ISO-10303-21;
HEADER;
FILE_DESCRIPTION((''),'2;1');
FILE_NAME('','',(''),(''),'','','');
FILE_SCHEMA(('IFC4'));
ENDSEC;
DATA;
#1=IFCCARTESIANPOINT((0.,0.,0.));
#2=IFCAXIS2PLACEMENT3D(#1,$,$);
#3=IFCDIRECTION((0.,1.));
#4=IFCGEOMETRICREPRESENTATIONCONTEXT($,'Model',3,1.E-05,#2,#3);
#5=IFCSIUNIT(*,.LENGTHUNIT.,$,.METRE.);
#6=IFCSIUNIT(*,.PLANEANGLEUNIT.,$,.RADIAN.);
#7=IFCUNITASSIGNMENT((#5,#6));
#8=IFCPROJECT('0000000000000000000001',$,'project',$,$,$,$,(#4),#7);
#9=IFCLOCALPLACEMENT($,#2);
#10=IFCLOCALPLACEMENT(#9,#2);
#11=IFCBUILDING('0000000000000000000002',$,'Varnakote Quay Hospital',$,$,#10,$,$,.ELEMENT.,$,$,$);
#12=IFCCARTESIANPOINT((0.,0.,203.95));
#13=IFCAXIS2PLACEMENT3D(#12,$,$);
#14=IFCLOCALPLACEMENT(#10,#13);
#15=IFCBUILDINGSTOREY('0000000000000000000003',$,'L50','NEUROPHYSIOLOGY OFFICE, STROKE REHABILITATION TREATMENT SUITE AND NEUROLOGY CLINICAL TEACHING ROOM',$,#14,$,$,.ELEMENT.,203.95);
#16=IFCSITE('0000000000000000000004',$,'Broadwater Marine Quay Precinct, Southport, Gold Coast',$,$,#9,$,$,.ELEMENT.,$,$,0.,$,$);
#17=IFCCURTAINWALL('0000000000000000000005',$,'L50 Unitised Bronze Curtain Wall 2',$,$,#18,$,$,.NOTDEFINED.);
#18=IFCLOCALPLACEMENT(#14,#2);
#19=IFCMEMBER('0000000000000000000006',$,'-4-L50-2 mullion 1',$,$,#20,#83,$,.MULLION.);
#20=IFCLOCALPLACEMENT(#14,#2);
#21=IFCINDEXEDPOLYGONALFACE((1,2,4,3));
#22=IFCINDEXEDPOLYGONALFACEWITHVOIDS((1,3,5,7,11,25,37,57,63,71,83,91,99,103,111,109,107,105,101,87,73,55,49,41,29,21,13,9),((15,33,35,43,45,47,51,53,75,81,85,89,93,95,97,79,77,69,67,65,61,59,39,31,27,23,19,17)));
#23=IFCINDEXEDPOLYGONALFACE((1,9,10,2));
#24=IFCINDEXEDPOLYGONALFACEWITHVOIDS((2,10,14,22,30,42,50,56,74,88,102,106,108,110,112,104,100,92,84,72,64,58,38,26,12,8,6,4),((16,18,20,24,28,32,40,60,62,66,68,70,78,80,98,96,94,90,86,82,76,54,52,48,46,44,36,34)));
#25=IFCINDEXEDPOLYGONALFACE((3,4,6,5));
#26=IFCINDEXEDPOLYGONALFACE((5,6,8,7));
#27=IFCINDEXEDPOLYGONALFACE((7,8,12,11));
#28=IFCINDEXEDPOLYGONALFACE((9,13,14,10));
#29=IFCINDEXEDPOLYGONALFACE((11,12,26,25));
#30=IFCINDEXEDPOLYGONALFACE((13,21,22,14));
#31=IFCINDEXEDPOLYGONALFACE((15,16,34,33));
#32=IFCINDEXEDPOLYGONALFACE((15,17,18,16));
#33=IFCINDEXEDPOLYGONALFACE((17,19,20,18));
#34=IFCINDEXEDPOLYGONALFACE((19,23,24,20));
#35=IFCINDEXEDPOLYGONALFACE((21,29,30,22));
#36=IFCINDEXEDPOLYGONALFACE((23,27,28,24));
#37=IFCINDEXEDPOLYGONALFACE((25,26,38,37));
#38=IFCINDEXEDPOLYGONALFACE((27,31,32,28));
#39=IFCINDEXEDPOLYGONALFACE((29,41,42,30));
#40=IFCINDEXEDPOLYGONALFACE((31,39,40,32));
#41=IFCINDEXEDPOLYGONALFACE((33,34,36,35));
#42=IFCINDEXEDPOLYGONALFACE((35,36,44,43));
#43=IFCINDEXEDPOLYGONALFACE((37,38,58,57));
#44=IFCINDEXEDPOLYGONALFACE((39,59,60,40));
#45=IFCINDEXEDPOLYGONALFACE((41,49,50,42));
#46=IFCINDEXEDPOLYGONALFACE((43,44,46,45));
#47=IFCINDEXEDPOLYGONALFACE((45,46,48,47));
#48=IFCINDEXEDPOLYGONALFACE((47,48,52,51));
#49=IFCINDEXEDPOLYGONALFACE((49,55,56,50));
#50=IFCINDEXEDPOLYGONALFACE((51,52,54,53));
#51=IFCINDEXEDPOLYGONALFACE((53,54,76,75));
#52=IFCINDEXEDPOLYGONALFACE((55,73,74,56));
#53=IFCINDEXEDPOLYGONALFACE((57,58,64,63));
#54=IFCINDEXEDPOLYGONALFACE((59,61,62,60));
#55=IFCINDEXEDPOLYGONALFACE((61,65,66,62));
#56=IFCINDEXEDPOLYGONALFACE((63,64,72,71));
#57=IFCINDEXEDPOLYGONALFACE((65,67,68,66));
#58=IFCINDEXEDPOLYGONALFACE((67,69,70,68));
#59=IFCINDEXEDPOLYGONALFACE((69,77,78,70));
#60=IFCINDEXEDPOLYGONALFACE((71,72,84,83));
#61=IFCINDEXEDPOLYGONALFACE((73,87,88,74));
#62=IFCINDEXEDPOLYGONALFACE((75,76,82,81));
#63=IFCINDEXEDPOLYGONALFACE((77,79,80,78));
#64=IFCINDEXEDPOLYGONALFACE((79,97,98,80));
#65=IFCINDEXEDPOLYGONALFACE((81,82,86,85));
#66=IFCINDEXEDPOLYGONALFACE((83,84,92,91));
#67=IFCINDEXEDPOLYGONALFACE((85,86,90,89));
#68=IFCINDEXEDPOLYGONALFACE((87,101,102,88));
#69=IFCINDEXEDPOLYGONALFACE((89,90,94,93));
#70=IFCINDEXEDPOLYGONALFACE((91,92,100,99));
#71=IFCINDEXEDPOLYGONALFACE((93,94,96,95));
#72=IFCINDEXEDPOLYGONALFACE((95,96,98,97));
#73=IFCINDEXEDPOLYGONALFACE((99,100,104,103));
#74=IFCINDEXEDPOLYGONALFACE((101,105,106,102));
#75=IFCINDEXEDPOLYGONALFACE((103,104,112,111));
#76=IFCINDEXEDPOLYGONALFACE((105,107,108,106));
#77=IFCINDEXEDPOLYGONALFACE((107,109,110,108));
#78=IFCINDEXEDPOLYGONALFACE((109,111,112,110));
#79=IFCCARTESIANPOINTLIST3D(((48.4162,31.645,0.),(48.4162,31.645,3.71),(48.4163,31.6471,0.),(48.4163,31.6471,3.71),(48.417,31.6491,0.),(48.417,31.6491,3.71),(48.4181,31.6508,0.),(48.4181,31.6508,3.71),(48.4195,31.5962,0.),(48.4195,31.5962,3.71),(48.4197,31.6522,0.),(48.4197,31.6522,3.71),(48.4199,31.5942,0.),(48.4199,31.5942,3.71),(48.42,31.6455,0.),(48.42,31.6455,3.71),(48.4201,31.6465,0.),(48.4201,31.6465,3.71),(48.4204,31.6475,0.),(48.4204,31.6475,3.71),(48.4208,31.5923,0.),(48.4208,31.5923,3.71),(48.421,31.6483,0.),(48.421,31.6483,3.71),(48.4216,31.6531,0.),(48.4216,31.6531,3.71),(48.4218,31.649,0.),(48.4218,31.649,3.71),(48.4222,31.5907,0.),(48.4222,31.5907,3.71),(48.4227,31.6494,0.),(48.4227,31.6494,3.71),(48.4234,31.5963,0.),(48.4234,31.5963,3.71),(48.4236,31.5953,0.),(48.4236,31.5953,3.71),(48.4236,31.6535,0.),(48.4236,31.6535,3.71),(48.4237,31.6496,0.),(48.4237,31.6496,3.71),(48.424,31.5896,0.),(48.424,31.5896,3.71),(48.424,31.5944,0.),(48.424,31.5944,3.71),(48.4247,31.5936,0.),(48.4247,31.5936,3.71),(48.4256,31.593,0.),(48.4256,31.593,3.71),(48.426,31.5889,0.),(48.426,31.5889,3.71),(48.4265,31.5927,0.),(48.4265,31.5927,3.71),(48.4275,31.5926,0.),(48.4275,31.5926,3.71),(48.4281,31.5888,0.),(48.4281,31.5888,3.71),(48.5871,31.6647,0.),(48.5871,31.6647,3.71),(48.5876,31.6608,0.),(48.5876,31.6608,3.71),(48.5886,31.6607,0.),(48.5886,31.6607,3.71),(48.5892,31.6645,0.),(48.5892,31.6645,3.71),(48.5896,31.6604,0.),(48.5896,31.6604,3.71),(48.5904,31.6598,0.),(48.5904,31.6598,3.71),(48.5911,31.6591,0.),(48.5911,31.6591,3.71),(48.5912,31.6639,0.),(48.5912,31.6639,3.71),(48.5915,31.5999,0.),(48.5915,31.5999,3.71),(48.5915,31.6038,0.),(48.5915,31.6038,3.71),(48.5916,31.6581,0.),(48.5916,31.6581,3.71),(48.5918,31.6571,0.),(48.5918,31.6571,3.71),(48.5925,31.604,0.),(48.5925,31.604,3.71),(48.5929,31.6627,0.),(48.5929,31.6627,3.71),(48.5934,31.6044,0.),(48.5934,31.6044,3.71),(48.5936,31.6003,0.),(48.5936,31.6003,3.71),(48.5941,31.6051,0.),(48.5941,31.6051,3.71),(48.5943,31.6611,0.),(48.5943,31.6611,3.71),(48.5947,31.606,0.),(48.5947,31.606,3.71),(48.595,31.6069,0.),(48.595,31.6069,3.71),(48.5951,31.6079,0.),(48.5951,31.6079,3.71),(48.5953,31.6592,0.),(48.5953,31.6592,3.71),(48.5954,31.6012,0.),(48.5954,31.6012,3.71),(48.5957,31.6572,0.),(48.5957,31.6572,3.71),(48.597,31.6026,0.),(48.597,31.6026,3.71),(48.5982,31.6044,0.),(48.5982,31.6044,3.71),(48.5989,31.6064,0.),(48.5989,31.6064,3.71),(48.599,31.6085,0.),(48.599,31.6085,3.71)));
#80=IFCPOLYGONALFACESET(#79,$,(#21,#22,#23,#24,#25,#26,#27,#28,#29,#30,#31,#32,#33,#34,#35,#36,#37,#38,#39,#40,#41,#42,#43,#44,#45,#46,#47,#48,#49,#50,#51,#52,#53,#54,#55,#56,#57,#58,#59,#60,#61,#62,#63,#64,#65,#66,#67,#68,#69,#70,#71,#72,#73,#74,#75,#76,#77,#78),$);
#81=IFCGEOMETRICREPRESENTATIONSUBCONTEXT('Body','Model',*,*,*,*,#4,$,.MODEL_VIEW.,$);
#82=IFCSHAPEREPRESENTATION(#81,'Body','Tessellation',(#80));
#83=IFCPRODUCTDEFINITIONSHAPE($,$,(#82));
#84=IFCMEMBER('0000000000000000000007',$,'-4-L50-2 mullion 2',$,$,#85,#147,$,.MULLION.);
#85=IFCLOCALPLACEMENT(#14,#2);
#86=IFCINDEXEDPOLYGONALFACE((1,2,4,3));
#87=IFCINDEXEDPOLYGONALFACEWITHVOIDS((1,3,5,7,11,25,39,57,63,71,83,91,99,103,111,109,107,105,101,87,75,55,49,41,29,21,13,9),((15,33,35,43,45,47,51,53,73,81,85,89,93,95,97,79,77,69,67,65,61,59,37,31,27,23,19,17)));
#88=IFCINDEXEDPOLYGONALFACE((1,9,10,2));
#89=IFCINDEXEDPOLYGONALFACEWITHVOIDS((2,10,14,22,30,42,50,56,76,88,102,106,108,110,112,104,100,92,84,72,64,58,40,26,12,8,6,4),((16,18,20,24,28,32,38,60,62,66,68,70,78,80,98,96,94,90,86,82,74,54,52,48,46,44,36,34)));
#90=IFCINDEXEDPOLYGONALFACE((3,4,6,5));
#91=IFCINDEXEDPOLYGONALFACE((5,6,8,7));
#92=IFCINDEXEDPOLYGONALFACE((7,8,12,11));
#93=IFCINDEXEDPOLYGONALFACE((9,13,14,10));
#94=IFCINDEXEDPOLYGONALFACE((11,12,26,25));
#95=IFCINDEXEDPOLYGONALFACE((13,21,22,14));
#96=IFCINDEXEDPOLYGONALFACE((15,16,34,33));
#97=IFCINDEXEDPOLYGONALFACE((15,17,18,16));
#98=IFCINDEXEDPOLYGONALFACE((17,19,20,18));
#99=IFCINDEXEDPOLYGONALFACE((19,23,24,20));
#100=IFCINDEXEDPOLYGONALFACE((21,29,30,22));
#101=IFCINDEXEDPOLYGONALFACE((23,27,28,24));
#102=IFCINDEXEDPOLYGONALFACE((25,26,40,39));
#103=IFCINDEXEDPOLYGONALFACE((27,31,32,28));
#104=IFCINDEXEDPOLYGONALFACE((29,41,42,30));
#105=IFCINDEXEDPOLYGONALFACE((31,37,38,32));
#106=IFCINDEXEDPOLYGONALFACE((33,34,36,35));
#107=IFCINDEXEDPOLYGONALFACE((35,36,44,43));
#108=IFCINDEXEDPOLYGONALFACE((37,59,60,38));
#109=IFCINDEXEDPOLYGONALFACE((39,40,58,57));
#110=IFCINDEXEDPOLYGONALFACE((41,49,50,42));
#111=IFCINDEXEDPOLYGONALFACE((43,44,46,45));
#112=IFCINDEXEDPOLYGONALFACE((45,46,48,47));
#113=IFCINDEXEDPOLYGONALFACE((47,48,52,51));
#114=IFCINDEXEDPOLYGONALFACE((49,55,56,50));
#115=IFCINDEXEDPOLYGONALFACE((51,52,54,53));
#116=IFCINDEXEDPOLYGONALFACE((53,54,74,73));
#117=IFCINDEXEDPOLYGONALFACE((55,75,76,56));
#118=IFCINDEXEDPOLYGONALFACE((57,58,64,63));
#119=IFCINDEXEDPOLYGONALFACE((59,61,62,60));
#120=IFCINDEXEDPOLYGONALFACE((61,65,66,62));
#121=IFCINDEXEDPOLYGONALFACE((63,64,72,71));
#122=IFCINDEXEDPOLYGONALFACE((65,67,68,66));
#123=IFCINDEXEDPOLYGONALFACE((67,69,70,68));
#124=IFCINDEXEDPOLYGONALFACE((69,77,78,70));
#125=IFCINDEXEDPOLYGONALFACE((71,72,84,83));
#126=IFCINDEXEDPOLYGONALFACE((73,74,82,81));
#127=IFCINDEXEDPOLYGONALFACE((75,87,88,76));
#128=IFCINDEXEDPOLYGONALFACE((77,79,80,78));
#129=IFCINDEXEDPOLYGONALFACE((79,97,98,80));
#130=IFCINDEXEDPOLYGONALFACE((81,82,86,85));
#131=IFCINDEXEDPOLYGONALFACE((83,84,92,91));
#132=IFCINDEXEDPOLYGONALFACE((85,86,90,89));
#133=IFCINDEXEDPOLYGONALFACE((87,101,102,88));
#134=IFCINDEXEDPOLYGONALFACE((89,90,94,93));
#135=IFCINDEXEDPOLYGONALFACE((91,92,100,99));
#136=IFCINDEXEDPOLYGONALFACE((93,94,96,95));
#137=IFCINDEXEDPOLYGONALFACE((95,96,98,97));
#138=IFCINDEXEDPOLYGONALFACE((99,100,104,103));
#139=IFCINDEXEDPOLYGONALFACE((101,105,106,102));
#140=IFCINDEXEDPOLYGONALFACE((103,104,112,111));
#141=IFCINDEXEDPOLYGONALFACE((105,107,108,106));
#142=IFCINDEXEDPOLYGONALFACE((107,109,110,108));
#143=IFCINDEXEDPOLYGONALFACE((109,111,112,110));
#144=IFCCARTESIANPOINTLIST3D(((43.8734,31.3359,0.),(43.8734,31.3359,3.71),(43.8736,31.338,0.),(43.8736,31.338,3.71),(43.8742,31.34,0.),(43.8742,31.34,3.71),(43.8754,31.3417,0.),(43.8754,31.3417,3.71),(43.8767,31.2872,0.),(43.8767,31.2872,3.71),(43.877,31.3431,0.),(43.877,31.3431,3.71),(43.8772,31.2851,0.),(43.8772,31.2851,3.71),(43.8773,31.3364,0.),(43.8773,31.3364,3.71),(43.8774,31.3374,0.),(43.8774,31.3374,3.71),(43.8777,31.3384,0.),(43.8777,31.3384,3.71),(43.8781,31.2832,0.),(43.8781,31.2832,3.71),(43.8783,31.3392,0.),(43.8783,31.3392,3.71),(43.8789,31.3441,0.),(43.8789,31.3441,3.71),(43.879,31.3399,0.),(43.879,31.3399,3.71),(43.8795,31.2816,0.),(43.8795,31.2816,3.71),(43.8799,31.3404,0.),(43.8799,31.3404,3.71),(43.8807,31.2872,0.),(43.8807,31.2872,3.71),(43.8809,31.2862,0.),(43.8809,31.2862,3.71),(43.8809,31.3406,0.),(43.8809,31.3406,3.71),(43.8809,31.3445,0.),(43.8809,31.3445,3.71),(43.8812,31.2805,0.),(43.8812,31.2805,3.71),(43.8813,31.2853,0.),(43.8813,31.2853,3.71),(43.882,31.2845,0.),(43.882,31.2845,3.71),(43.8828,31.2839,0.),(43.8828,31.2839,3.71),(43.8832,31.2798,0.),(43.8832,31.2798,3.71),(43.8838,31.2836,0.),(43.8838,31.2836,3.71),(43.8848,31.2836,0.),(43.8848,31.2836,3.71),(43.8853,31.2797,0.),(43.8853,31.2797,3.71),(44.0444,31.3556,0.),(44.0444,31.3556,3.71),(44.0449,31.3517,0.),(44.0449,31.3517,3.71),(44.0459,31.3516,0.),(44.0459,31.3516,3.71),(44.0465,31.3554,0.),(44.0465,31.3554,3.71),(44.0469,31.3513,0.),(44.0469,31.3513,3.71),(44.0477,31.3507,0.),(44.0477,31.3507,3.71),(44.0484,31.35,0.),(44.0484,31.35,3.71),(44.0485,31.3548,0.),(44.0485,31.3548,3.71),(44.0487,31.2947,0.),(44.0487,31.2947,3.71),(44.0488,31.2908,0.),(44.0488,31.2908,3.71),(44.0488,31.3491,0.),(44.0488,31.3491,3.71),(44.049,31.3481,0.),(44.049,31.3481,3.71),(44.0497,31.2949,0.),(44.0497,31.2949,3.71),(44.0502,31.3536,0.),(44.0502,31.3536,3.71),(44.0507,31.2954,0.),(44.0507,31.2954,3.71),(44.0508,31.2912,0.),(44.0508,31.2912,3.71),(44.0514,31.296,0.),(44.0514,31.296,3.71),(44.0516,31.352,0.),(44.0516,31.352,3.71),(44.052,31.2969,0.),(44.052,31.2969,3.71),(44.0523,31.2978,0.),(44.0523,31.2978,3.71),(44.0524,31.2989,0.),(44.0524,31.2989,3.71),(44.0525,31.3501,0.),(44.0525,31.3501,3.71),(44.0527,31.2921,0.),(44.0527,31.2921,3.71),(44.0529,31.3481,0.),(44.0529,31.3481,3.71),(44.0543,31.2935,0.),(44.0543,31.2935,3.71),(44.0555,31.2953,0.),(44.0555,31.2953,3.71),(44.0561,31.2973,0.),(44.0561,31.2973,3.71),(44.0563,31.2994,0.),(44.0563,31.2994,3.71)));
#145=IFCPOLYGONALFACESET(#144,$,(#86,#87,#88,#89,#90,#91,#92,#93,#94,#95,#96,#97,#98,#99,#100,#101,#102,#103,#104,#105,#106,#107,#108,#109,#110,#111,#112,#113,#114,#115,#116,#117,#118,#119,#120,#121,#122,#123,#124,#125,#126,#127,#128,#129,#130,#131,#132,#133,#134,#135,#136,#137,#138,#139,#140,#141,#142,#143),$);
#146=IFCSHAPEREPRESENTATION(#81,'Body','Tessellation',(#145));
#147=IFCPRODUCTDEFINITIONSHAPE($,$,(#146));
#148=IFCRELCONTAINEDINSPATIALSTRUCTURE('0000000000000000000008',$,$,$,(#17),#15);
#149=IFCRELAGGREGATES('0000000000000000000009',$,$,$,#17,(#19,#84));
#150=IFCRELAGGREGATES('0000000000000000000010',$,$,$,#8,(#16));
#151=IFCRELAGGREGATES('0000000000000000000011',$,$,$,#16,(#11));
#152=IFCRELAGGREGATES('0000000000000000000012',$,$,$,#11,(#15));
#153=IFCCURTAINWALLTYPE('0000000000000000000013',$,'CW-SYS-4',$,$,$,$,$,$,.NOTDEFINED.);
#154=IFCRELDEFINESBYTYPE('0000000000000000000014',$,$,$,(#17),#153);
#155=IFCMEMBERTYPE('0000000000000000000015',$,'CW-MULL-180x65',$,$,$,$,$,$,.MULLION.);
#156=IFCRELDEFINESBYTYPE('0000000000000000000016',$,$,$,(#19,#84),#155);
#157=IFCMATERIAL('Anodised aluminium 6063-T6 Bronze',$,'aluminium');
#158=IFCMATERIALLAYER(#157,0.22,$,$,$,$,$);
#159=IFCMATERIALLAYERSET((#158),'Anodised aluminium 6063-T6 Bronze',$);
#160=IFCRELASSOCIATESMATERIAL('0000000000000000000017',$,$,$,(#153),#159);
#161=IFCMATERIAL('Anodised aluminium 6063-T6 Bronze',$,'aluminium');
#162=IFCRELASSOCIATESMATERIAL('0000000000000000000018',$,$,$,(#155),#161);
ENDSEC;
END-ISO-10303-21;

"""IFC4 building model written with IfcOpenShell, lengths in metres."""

from ifc_helpers import new_model, si_unit, direction, frame, origin, origin_2d, place, context, subcontext, project, spatial, hollow_rectangle, extrude, material, layer, layer_set, material_profile, profile_set, type_object, element, aggregate, save


model = new_model("IFC4")

# Units and contexts
model_context = context("Model", 3, precision=1e-05, world=origin(), true_north=direction((0.0, 1.0)))
body_context = subcontext(model_context, "Body", "Model", "MODEL_VIEW")
ifc_project = project(units=[si_unit("LENGTHUNIT", "METRE"), si_unit("PLANEANGLEUNIT", "RADIAN")], contexts=[model_context])

# Site, building, storey
site_placement = place(None, origin())
site = spatial("IfcSite", under=ifc_project, at=site_placement, Name="Broadwater Marine Quay Precinct, Southport, Gold Coast", CompositionType="ELEMENT", RefElevation=0.0)
building_placement = place(site_placement, origin())
building = spatial("IfcBuilding", under=site, at=building_placement, Name="Varnakote Quay Hospital", CompositionType="ELEMENT")
storey_placement = place(building_placement, frame((0.0, 0.0, 203.95)))
storey = spatial("IfcBuildingStorey", under=building, at=storey_placement, Name="L50", Description="NEUROPHYSIOLOGY OFFICE, STROKE REHABILITATION TREATMENT SUITE AND NEUROLOGY CLINICAL TEACHING ROOM", CompositionType="ELEMENT", Elevation=203.95)

# Curtain wall, members
ifc_material_1 = material(Name="Anodised aluminium 6063-T6 Bronze", Category="aluminium")
ifc_layer_1 = layer(ifc_material_1, 0.22)
ifc_layer_set_1 = layer_set([ifc_layer_1], Name="Anodised aluminium 6063-T6 Bronze")
curtain_wall_type = type_object("IfcCurtainWallType", Name="CW-SYS-4", PredefinedType="NOTDEFINED", material=ifc_layer_set_1)
ifc_material_2 = material(Name="Anodised aluminium 6063-T6 Bronze", Category="aluminium")
ifc_material_profile_1 = material_profile(ifc_material_2, hollow_rectangle(XDim=0.0649, YDim=0.1799, WallThickness=0.0039, InnerFilletRadius=0.0039, OuterFilletRadius=0.0081, at=origin_2d()), Name="CW-MULL-180x65")
ifc_profile_set_1 = profile_set([ifc_material_profile_1], Name="Anodised aluminium 6063-T6 Bronze")
member_type_1 = type_object("IfcMemberType", Name="CW-MULL-180x65", PredefinedType="MULLION", material=ifc_profile_set_1)
curtain_wall_1_placement = place(storey_placement, origin())
curtain_wall_1 = element("IfcCurtainWall", 1, at=curtain_wall_1_placement, inside=storey, type_object=curtain_wall_type, Name="L50 Unitised Bronze Curtain Wall 2", PredefinedType="NOTDEFINED")
member_1_placement = place(storey_placement, frame((48.5076, 31.6267, 0.0), z_axis=(0.0, 0.0, 1.0), x_axis=(0.067842, -0.997696, 0.0)))
member_1 = element("IfcMember", 2, at=member_1_placement, type_object=member_type_1, Name="-4-L50-2 mullion 1", PredefinedType="MULLION", context=body_context, shape_type="SweptSolid", body=[
    extrude(hollow_rectangle(XDim=0.0649, YDim=0.1799, WallThickness=0.0039, InnerFilletRadius=0.0039, OuterFilletRadius=0.0081, at=origin_2d()), origin(), (0.0, 0.0, 1.0), 3.71),
])
member_2_placement = place(storey_placement, frame((43.9648, 31.3176, 0.0), z_axis=(0.0, 0.0, 1.0), x_axis=(0.067842, -0.997696, 0.0)))
member_2 = element("IfcMember", 3, at=member_2_placement, type_object=member_type_1, Name="-4-L50-2 mullion 2", PredefinedType="MULLION", context=body_context, shape_type="SweptSolid", body=[
    extrude(hollow_rectangle(XDim=0.0649, YDim=0.1799, WallThickness=0.0039, InnerFilletRadius=0.0039, OuterFilletRadius=0.0081, at=origin_2d()), origin(), (0.0, 0.0, 1.0), 3.71),
])

aggregate(curtain_wall_1, [member_1, member_2])

save(model, "model.ifc")
